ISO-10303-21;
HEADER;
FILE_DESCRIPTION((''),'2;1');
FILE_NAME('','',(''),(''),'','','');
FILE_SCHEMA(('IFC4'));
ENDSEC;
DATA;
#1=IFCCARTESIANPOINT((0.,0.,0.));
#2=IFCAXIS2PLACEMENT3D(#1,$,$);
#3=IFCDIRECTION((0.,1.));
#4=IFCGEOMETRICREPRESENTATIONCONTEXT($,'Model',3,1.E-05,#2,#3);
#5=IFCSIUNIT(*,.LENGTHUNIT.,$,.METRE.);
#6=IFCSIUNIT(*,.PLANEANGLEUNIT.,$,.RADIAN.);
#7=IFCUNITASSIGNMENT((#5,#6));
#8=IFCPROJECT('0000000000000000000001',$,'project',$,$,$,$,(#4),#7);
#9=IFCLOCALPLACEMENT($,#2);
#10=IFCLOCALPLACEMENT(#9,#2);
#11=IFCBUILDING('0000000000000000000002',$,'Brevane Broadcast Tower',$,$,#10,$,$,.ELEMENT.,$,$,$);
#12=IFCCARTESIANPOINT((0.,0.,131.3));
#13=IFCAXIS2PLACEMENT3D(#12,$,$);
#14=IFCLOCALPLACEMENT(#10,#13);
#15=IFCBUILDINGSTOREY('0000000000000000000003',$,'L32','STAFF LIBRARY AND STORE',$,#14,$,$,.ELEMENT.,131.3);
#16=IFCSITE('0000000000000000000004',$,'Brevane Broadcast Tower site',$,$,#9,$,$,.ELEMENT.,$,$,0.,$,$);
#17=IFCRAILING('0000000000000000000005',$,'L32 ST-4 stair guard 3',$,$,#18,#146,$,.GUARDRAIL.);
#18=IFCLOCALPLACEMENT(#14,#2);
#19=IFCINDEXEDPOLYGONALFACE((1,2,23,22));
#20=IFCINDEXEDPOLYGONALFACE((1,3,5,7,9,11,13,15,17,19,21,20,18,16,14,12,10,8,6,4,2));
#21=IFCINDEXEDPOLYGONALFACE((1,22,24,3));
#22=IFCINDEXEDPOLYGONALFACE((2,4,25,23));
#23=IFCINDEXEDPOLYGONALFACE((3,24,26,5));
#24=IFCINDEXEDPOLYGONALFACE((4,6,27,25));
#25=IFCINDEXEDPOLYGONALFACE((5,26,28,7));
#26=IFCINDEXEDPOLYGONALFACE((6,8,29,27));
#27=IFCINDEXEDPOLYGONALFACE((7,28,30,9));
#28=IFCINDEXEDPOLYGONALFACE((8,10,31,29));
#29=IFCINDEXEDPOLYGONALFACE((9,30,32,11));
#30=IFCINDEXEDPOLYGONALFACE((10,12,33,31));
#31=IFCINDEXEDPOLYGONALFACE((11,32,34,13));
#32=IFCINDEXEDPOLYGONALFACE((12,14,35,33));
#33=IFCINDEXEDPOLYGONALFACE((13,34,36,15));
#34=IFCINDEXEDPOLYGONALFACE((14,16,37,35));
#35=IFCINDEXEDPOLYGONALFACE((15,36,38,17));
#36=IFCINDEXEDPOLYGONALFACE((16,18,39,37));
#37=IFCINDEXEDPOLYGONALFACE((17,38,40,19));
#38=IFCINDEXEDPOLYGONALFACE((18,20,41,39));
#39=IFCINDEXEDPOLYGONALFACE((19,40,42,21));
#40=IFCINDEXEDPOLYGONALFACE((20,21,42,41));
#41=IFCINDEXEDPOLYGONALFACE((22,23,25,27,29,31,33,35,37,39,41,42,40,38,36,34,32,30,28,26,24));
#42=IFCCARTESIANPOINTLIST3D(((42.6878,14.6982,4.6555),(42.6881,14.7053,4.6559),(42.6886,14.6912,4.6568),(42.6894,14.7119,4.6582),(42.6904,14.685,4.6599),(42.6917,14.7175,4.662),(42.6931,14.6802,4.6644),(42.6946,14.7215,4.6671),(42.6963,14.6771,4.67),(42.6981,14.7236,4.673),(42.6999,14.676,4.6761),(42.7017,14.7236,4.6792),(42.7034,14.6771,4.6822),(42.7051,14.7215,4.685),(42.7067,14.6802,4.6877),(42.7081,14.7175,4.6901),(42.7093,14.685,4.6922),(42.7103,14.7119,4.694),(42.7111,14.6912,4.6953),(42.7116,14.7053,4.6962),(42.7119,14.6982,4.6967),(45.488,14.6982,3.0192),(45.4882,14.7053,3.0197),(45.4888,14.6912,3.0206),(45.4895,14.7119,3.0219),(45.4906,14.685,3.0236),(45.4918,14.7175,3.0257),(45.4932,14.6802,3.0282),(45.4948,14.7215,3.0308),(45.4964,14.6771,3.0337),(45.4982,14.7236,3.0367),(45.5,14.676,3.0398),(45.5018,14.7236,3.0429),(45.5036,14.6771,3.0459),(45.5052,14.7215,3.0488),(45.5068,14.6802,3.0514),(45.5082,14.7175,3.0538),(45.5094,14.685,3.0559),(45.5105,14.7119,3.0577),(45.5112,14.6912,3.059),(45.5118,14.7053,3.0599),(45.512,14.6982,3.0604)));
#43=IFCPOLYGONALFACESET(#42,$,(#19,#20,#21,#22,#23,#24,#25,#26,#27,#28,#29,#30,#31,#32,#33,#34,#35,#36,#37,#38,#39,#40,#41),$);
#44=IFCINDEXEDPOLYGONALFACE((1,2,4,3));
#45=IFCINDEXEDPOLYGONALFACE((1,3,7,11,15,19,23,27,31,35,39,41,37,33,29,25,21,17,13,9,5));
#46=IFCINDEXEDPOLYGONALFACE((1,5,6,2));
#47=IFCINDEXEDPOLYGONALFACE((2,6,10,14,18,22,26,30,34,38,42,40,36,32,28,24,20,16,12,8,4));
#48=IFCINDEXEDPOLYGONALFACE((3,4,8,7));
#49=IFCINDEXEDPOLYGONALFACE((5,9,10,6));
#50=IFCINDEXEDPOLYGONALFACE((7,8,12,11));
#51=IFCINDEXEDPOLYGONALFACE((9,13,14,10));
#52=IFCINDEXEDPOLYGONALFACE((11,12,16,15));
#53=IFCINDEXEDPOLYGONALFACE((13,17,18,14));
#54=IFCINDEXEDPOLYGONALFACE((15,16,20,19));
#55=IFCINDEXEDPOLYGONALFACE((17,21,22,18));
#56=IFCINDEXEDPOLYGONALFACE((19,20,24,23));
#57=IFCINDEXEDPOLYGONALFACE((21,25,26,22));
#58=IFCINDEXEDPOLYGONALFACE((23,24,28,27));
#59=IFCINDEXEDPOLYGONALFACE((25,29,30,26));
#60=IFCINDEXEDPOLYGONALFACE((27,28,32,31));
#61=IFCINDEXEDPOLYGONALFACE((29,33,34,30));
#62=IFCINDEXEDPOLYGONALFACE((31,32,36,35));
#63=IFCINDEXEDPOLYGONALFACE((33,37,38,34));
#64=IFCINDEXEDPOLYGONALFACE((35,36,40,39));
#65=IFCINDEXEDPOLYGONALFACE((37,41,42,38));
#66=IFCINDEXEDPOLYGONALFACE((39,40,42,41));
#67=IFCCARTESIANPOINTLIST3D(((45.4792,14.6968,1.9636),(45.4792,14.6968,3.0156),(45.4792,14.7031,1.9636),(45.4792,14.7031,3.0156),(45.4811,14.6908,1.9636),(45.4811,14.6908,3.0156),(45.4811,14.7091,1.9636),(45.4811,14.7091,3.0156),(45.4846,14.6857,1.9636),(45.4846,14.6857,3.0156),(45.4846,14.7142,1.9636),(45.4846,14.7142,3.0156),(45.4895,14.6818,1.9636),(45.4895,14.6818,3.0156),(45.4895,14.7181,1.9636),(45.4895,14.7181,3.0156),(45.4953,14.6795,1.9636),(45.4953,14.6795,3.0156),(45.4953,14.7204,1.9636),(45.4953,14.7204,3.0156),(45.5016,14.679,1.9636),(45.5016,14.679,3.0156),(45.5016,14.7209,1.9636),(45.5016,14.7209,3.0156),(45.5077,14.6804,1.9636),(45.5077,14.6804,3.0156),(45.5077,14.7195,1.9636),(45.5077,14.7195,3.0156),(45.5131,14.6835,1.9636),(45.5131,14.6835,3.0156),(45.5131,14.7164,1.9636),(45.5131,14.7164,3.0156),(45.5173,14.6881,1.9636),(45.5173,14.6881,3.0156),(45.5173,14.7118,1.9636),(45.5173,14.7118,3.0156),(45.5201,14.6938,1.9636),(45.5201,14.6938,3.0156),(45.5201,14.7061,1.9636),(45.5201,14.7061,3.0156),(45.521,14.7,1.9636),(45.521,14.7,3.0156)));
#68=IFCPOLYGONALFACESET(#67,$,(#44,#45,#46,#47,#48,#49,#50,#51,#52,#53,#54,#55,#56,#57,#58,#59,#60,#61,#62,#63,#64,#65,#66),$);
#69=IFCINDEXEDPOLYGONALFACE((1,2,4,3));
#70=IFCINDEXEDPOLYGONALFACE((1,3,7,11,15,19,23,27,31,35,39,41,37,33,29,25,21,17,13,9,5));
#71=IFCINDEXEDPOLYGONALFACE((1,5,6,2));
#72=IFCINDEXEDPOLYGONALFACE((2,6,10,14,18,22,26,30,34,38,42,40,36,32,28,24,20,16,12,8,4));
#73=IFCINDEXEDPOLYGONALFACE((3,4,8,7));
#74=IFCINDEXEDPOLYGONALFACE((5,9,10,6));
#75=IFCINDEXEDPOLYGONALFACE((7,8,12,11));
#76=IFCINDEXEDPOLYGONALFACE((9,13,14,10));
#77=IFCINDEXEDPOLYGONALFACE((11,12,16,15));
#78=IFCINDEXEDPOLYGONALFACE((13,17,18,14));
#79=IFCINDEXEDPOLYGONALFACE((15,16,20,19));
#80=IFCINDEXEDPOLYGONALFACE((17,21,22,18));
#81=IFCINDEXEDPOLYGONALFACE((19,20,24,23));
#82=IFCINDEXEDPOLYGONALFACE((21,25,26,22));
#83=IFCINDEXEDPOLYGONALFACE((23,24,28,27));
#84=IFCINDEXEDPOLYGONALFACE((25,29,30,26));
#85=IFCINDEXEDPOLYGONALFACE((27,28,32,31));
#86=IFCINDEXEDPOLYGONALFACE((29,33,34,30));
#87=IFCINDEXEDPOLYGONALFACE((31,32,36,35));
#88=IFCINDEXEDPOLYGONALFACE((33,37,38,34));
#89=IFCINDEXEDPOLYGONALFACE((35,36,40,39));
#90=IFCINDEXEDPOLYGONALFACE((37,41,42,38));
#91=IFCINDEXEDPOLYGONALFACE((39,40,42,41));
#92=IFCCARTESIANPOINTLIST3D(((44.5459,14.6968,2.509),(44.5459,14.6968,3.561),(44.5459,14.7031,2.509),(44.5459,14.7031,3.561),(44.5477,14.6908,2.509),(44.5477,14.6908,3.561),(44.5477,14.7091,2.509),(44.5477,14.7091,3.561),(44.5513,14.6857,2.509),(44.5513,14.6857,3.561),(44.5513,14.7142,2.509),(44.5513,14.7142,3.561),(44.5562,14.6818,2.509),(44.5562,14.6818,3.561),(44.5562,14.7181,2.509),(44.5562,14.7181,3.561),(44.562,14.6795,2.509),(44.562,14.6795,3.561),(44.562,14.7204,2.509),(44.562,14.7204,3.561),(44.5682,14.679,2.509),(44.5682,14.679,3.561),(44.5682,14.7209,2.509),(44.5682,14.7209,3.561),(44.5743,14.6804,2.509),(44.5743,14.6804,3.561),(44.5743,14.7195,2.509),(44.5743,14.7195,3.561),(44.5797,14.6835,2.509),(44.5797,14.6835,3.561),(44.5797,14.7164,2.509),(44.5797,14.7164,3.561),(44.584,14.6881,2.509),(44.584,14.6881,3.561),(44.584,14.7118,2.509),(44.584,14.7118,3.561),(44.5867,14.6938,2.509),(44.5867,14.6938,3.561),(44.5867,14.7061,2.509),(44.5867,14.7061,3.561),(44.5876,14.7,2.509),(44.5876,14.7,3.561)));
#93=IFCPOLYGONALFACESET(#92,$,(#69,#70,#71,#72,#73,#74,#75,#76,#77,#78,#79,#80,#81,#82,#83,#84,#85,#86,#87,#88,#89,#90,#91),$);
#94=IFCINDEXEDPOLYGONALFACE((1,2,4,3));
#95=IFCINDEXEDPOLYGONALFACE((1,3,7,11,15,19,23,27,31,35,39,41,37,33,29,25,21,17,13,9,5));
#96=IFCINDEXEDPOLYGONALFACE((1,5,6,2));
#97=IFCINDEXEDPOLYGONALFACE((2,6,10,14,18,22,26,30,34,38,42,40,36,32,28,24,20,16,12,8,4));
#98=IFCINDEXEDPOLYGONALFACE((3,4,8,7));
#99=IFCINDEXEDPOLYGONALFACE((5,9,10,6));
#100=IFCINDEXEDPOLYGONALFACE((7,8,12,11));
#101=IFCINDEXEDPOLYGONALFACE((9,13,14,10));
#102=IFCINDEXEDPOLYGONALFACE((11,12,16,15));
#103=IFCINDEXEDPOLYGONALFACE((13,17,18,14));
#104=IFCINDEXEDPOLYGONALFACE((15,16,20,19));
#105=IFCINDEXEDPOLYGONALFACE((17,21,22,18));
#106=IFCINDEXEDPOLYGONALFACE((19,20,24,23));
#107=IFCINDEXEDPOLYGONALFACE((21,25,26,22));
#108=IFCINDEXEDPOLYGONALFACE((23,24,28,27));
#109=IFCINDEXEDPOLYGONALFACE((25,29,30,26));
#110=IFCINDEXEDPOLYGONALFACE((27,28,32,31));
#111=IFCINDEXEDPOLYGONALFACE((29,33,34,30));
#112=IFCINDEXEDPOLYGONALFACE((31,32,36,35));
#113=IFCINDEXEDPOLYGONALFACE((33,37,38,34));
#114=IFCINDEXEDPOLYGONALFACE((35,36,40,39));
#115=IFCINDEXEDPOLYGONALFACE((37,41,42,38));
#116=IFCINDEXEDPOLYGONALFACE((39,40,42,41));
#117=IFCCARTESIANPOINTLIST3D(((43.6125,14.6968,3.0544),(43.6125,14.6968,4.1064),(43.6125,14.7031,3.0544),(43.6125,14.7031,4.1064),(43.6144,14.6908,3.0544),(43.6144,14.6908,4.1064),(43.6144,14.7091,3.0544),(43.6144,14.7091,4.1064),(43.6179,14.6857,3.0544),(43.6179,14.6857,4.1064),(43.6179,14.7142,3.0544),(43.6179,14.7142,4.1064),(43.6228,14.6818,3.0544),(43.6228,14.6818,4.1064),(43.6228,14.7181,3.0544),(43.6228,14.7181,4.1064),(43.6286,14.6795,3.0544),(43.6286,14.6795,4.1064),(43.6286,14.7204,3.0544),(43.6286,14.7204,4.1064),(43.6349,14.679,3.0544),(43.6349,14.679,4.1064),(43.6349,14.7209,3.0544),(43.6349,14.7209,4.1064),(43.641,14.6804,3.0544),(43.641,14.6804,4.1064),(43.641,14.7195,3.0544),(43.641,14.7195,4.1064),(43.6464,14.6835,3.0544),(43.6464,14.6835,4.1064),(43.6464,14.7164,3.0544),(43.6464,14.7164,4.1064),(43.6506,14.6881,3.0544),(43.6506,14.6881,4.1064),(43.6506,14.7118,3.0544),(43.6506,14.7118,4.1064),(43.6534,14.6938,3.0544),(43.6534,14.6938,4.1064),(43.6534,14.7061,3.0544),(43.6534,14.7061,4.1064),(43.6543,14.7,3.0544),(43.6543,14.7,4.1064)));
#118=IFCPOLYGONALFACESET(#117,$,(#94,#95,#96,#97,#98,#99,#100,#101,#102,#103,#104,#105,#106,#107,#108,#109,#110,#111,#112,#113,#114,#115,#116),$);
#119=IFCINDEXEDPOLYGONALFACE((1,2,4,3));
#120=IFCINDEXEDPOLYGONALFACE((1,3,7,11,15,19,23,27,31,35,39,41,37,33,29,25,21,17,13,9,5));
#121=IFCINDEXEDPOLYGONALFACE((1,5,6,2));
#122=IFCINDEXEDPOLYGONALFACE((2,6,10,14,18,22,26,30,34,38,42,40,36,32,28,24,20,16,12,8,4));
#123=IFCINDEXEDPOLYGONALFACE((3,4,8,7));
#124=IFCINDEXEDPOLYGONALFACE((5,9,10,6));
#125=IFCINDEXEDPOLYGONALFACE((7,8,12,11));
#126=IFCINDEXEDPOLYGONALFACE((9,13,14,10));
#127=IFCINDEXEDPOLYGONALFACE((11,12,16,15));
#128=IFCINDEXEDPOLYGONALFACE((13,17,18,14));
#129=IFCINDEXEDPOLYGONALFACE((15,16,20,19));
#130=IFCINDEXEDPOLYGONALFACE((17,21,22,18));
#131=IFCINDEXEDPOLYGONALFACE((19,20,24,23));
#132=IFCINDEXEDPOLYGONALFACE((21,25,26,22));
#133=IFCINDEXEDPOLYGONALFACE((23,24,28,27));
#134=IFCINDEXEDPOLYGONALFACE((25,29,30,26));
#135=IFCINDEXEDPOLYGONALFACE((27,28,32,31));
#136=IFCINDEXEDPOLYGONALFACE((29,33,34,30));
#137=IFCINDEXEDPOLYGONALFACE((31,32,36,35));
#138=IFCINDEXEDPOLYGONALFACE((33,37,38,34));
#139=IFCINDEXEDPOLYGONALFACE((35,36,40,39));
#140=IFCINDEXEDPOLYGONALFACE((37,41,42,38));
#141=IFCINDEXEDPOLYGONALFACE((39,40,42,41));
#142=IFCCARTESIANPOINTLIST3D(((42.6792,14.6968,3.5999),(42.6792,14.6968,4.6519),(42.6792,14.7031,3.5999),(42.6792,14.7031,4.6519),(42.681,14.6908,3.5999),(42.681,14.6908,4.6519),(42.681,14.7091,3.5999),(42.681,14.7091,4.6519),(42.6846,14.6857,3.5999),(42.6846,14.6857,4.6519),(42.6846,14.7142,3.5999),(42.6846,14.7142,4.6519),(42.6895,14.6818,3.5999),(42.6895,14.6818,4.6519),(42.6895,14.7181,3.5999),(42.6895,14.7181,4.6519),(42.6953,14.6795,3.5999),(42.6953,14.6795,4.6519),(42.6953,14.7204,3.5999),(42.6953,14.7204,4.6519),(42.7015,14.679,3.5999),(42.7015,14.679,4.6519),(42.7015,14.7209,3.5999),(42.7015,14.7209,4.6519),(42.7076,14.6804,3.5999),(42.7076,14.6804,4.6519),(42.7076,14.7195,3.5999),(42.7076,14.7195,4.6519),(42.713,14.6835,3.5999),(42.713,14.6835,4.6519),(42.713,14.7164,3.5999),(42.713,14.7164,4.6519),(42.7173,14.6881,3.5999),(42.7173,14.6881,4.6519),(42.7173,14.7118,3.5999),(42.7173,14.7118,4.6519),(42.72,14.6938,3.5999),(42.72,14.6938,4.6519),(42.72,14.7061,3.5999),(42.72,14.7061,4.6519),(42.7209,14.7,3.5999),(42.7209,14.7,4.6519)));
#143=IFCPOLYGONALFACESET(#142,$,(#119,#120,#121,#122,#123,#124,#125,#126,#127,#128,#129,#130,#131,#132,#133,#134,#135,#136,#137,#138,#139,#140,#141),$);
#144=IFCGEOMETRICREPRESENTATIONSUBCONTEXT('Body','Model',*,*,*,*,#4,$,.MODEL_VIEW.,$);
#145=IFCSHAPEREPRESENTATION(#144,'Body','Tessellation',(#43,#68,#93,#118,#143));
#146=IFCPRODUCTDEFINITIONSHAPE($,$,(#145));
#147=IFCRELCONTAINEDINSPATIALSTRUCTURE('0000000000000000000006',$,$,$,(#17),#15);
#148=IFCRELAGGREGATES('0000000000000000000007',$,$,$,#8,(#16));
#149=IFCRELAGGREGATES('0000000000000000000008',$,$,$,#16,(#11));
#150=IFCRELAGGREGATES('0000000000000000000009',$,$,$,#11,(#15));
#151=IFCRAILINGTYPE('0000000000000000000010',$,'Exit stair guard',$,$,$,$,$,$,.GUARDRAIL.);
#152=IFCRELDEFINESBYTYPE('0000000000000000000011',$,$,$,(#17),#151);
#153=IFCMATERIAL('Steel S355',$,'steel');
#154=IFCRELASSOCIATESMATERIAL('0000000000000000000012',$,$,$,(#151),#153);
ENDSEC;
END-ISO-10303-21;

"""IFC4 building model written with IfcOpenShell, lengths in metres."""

from ifc_helpers import new_model, si_unit, direction, frame, origin, origin_2d, place, context, subcontext, project, spatial, circle, extrude, material, type_object, element, save


model = new_model("IFC4")

# Units and contexts
model_context = context("Model", 3, precision=1e-05, world=origin(), true_north=direction((0.0, 1.0)))
body_context = subcontext(model_context, "Body", "Model", "MODEL_VIEW")
ifc_project = project(units=[si_unit("LENGTHUNIT", "METRE"), si_unit("PLANEANGLEUNIT", "RADIAN")], contexts=[model_context])

# Site, building, storey
site_placement = place(None, origin())
site = spatial("IfcSite", under=ifc_project, at=site_placement, Name="Brevane Broadcast Tower site", CompositionType="ELEMENT", RefElevation=0.0)
building_placement = place(site_placement, origin())
building = spatial("IfcBuilding", under=site, at=building_placement, Name="Brevane Broadcast Tower", CompositionType="ELEMENT")
storey_placement = place(building_placement, frame((0.0, 0.0, 131.3)))
storey = spatial("IfcBuildingStorey", under=building, at=storey_placement, Name="L32", Description="STAFF LIBRARY AND STORE", CompositionType="ELEMENT", Elevation=131.3)

# Railing
ifc_material_1 = material(Name="Steel S355", Category="steel")
railing_type_1 = type_object("IfcRailingType", Name="Exit stair guard", PredefinedType="GUARDRAIL", material=ifc_material_1)
railing_1_placement = place(storey_placement, frame((45.5, 14.7, 1.9636)))
element("IfcRailing", 1, at=railing_1_placement, inside=storey, type_object=railing_type_1, Name="L32 ST-4 stair guard 3", PredefinedType="GUARDRAIL", context=body_context, shape_type="SweptSolid", body=[
    extrude(circle(Radius=0.0239, at=origin_2d()), frame((0.0, 0.0, 1.0762), z_axis=(-0.863394, 0.0, 0.504531), x_axis=(0.0, -1.0, 0.0)), (0.0, 0.0, 1.0), 3.2432),
    extrude(circle(Radius=0.021, at=origin_2d()), origin(), (0.0, 0.0, 1.0), 1.052),
    extrude(circle(Radius=0.021, at=origin_2d()), frame((-0.9333, 0.0, 0.5454)), (0.0, 0.0, 1.0), 1.052),
    extrude(circle(Radius=0.021, at=origin_2d()), frame((-1.8667, 0.0, 1.0908)), (0.0, 0.0, 1.0), 1.052),
    extrude(circle(Radius=0.021, at=origin_2d()), frame((-2.8, 0.0, 1.6362)), (0.0, 0.0, 1.0), 1.052),
])

save(model, "model.ifc")
